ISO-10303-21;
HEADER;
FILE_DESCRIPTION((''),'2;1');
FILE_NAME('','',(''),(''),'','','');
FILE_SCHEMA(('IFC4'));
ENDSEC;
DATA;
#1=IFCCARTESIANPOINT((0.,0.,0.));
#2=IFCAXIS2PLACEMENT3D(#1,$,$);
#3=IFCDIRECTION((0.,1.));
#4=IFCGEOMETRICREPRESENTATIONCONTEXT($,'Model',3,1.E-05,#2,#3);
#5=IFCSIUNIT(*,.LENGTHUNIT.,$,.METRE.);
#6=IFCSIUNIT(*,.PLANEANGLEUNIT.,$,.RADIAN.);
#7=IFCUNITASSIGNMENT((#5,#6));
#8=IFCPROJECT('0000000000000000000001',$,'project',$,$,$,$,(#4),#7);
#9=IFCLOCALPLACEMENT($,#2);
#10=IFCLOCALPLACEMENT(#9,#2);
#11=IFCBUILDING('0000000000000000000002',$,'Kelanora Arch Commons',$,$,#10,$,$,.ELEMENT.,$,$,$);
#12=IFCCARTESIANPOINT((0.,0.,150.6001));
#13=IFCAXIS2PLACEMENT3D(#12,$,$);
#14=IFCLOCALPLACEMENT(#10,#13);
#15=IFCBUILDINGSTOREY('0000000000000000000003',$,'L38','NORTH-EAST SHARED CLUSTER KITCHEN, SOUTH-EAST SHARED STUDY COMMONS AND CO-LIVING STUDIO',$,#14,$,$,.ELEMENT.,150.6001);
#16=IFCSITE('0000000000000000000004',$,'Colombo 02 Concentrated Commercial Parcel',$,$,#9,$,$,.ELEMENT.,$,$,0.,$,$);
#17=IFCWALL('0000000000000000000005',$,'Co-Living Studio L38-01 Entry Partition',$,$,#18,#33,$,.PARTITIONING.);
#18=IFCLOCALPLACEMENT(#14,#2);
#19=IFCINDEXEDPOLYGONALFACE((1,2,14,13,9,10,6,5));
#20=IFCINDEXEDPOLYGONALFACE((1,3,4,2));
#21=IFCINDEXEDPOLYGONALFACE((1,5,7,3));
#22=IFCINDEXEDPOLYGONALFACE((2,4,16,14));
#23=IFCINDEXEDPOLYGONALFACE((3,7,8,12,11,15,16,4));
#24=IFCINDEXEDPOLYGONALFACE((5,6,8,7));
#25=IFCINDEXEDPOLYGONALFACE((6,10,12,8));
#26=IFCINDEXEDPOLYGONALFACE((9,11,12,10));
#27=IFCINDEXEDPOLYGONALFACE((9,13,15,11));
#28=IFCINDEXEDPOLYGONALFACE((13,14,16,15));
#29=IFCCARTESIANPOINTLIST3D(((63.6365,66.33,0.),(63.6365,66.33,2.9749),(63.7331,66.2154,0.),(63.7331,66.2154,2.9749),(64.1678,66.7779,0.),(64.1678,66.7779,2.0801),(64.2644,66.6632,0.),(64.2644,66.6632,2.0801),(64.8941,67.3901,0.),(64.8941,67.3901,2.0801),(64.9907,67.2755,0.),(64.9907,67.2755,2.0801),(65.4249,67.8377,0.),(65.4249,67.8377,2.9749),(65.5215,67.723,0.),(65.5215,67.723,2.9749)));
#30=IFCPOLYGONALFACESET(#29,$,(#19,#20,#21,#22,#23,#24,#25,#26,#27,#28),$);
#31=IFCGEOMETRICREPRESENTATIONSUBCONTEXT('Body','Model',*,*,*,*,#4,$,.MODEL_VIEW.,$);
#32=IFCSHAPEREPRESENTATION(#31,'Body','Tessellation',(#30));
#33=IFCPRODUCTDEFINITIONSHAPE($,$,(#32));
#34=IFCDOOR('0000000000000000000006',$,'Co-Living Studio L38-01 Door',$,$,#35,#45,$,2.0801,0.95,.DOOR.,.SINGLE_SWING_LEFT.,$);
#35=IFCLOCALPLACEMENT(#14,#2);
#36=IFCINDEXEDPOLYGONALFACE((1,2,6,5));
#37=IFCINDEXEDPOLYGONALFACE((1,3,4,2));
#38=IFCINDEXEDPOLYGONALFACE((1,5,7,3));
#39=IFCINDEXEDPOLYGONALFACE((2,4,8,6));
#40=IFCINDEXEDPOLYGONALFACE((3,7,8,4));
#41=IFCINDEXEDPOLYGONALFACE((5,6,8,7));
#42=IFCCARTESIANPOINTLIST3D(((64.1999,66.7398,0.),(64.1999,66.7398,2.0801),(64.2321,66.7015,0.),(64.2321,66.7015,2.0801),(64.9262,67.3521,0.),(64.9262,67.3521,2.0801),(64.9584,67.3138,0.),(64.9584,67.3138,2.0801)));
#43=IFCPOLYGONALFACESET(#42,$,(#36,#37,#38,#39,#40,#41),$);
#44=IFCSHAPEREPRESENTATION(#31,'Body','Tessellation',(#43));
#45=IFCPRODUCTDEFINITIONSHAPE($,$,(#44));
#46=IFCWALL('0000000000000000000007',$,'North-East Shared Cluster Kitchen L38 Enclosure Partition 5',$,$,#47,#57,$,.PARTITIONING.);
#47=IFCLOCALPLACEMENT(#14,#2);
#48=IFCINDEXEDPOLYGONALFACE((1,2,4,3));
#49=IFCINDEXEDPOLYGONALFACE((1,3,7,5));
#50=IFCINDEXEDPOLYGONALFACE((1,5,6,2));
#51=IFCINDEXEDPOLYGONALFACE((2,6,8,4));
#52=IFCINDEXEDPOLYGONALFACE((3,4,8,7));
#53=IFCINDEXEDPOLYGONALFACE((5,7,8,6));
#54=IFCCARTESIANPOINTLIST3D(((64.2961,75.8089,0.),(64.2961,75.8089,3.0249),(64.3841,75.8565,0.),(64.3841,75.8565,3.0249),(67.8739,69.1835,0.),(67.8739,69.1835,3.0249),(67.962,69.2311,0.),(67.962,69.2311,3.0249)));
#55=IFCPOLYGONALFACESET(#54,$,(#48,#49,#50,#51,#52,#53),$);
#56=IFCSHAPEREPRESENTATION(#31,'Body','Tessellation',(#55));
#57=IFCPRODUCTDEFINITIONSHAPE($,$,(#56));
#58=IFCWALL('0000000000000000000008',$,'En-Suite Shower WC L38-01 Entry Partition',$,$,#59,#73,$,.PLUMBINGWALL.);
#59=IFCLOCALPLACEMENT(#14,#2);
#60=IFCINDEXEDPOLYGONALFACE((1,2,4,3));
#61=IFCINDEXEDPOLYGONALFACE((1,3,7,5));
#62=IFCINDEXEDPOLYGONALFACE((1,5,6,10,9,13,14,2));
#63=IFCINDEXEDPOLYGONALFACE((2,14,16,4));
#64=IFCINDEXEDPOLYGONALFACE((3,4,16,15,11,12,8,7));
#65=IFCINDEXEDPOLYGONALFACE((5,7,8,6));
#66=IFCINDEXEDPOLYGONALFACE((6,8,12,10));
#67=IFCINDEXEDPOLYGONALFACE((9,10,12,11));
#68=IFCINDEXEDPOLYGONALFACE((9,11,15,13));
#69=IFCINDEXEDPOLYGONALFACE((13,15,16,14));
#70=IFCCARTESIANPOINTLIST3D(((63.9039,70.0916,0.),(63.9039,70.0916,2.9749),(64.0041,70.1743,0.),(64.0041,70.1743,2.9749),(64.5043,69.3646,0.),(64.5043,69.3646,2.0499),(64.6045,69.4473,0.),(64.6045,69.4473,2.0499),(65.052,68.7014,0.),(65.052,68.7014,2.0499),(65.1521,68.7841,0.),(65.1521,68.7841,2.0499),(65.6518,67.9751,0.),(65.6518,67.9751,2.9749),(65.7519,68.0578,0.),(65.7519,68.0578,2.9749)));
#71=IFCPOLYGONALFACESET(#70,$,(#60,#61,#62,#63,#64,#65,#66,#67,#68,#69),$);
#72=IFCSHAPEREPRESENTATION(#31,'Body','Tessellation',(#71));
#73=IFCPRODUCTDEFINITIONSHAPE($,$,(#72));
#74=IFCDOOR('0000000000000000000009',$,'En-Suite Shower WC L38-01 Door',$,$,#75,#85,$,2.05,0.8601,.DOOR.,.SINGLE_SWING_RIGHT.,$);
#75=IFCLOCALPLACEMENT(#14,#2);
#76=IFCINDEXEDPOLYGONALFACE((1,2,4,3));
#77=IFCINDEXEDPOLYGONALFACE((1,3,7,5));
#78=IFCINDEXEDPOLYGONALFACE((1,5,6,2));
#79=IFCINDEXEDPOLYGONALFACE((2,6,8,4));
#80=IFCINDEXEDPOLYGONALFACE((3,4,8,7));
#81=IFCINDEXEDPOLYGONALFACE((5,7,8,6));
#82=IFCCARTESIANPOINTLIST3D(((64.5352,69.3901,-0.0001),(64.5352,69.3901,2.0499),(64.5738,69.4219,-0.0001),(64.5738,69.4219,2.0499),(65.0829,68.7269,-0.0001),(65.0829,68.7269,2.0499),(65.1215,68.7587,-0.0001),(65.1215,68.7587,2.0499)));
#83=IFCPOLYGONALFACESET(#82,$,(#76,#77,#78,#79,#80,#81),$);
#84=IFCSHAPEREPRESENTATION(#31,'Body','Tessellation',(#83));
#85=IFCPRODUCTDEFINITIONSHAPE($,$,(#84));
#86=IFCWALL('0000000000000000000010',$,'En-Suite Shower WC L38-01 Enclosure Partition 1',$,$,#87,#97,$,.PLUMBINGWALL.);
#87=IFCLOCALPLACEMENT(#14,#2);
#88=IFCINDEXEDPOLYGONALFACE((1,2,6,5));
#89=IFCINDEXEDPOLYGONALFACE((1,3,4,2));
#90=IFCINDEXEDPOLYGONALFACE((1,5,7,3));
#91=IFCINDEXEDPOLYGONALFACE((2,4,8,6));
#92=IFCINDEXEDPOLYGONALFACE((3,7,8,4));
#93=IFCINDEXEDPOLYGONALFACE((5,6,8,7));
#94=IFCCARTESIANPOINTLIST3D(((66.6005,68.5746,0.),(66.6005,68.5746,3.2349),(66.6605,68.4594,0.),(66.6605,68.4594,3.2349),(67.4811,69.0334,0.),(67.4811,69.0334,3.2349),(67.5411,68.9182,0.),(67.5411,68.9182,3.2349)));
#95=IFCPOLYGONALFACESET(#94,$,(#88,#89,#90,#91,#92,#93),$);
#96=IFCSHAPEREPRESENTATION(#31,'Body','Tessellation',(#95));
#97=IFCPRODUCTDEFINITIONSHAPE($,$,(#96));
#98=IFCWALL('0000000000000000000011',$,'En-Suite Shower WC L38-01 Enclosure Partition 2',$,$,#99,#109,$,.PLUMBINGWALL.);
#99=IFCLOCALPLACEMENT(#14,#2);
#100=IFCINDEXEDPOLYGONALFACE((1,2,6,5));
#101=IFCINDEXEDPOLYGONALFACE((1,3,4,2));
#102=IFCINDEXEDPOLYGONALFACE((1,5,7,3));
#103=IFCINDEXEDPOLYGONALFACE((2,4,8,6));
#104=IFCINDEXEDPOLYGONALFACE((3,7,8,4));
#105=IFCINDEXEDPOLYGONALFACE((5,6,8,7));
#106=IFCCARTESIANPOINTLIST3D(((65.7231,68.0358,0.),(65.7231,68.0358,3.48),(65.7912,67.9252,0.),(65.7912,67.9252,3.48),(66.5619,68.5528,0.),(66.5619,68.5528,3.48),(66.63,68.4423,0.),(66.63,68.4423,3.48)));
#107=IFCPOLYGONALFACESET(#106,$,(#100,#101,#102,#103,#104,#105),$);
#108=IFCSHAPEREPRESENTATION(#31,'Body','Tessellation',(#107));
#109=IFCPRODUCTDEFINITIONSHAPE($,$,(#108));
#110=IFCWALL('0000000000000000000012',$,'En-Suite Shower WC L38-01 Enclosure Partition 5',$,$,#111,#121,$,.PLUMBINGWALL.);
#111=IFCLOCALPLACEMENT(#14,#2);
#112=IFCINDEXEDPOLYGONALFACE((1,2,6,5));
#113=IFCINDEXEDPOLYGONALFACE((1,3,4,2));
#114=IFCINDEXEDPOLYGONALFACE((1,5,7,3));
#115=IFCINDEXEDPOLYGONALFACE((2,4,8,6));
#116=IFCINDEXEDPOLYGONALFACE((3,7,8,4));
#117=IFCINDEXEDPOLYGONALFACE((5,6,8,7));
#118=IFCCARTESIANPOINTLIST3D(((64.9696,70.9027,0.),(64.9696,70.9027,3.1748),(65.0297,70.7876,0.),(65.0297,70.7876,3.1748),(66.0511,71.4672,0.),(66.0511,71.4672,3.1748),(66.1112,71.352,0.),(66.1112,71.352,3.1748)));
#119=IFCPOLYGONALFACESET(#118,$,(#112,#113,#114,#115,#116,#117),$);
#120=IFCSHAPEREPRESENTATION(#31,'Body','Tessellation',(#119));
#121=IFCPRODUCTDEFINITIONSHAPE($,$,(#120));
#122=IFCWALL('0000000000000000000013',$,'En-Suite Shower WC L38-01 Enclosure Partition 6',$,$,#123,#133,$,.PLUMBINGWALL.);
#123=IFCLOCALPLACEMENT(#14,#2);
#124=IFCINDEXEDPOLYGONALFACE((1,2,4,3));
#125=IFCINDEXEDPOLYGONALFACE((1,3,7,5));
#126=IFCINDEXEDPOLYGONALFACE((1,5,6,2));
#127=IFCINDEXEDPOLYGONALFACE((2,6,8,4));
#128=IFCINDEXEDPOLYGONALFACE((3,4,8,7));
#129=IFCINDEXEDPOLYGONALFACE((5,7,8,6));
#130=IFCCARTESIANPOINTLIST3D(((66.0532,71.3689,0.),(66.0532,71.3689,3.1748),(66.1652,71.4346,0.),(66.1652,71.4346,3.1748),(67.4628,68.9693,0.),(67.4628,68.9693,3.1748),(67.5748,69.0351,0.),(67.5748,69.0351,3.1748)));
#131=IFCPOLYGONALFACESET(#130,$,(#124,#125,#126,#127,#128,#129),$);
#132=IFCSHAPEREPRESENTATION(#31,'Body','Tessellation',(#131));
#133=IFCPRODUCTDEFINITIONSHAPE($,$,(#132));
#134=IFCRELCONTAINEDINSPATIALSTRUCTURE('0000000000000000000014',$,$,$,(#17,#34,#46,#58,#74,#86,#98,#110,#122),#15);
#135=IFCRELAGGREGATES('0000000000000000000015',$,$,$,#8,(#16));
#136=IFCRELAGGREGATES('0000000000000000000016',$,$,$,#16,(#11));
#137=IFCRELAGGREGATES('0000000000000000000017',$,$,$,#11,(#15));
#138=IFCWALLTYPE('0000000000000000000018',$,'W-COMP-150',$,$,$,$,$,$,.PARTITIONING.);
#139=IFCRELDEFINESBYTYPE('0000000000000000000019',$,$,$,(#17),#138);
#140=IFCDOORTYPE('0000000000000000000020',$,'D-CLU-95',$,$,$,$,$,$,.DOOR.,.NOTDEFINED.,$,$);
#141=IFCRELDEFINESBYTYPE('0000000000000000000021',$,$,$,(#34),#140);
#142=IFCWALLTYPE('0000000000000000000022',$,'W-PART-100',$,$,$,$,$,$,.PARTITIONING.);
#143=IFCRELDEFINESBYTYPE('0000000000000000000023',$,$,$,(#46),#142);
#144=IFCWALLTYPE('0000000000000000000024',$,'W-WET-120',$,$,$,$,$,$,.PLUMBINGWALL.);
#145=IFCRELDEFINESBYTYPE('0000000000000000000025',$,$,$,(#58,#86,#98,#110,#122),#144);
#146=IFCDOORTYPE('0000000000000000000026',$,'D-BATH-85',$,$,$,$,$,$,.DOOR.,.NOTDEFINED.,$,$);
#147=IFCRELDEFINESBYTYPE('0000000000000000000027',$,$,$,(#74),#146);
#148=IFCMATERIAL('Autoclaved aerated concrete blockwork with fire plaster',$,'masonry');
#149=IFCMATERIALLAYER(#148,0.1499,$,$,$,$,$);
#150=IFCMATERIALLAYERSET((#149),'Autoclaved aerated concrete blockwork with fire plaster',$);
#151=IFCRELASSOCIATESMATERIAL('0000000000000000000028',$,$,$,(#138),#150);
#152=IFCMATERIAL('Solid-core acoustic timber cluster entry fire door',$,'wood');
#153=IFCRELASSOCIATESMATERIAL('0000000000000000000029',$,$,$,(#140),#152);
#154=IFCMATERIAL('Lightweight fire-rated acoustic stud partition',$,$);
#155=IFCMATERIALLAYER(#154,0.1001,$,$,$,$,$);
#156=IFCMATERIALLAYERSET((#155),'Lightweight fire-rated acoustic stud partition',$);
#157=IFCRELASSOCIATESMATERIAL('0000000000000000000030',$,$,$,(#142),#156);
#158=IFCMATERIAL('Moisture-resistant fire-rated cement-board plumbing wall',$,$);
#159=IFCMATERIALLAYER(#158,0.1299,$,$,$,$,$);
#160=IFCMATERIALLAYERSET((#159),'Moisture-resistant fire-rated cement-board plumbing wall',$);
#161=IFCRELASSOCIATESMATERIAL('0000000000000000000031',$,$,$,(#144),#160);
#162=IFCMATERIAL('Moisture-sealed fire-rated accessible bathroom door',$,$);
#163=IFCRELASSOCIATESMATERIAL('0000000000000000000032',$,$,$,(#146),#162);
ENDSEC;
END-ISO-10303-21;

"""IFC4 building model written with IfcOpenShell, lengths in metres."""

from ifc_helpers import new_model, si_unit, direction, frame, frame_2d, origin, place, context, subcontext, project, spatial, rectangle, extrude, material, layer, layer_set, type_object, element, fill, save


model = new_model("IFC4")

# Units and contexts
model_context = context("Model", 3, precision=1e-05, world=origin(), true_north=direction((0.0, 1.0)))
body_context = subcontext(model_context, "Body", "Model", "MODEL_VIEW")
ifc_project = project(units=[si_unit("LENGTHUNIT", "METRE"), si_unit("PLANEANGLEUNIT", "RADIAN")], contexts=[model_context])

# Site, building, storey
site_placement = place(None, origin())
site = spatial("IfcSite", under=ifc_project, at=site_placement, Name="Colombo 02 Concentrated Commercial Parcel", CompositionType="ELEMENT", RefElevation=0.0)
building_placement = place(site_placement, origin())
building = spatial("IfcBuilding", under=site, at=building_placement, Name="Kelanora Arch Commons", CompositionType="ELEMENT")
storey_placement = place(building_placement, frame((0.0, 0.0, 150.6001)))
storey = spatial("IfcBuildingStorey", under=building, at=storey_placement, Name="L38", Description="NORTH-EAST SHARED CLUSTER KITCHEN, SOUTH-EAST SHARED STUDY COMMONS AND CO-LIVING STUDIO", CompositionType="ELEMENT", Elevation=150.6001)

# Wall, opening, door
ifc_material_1 = material(Name="Autoclaved aerated concrete blockwork with fire plaster", Category="masonry")
ifc_layer_1 = layer(ifc_material_1, 0.1499)
ifc_layer_set_1 = layer_set([ifc_layer_1], Name="Autoclaved aerated concrete blockwork with fire plaster")
wall_type_1 = type_object("IfcWallType", Name="W-COMP-150", PredefinedType="PARTITIONING", material=ifc_layer_set_1)
wall_1_placement = place(storey_placement, frame((65.4731, 67.7803, 0.0), z_axis=(0.0, 0.0, 1.0), x_axis=(-0.764573, -0.644537, 0.0)))
wall_1 = element("IfcWall", 1, at=wall_1_placement, inside=storey, type_object=wall_type_1, Name="Co-Living Studio L38-01 Entry Partition", PredefinedType="PARTITIONING", context=body_context, shape_type="SweptSolid", body=[
    extrude(rectangle(XDim=2.3391, YDim=0.1499, at=frame_2d((1.1694, 0.0))), origin(), (0.0, 0.0, 1.0), 2.9749),
])
opening_1_placement = place(wall_1_placement, frame((0.6941, 0.0, 0.0)))
opening_1 = element("IfcOpeningElement", 2, at=opening_1_placement, cuts=wall_1, PredefinedType="OPENING", context=body_context, shape_type="SweptSolid", body=[
    extrude(rectangle(XDim=0.95, YDim=2.0801, at=frame_2d((0.4751, 1.04))), frame((0.0, 0.085, 0.0), z_axis=(0.0, -1.0, 0.0), x_axis=(1.0, 0.0, 0.0)), (0.0, 0.0, 1.0), 0.1699),
])
ifc_material_2 = material(Name="Solid-core acoustic timber cluster entry fire door", Category="wood")
door_type_1 = type_object("IfcDoorType", Name="D-CLU-95", OperationType="NOTDEFINED", PredefinedType="DOOR", material=ifc_material_2)
door_1_placement = place(opening_1_placement, origin())
door_1 = element("IfcDoor", 3, at=door_1_placement, inside=storey, type_object=door_type_1, Name="Co-Living Studio L38-01 Door", OperationType="SINGLE_SWING_LEFT", OverallHeight=2.0801, OverallWidth=0.95, PredefinedType="DOOR", context=body_context, shape_type="SweptSolid", body=[
    extrude(rectangle(XDim=0.95, YDim=2.0801, at=frame_2d((0.4751, 1.04))), frame((0.0, 0.0249, 0.0), z_axis=(0.0, -1.0, 0.0), x_axis=(1.0, 0.0, 0.0)), (0.0, 0.0, 1.0), 0.05),
])
fill(opening_1, door_1)

# Wall
ifc_material_3 = material(Name="Lightweight fire-rated acoustic stud partition")
ifc_layer_2 = layer(ifc_material_3, 0.1001)
ifc_layer_set_2 = layer_set([ifc_layer_2], Name="Lightweight fire-rated acoustic stud partition")
wall_type_2 = type_object("IfcWallType", Name="W-PART-100", PredefinedType="PARTITIONING", material=ifc_layer_set_2)
wall_2_placement = place(storey_placement, frame((67.918, 69.2073, 0.0), z_axis=(0.0, 0.0, 1.0), x_axis=(-0.475161, 0.879899, 0.0)))
element("IfcWall", 4, at=wall_2_placement, inside=storey, type_object=wall_type_2, Name="North-East Shared Cluster Kitchen L38 Enclosure Partition 5", PredefinedType="PARTITIONING", context=body_context, shape_type="SweptSolid", body=[
    extrude(rectangle(XDim=7.5298, YDim=0.1001, at=frame_2d((3.7649, 0.0))), origin(), (0.0, 0.0, 1.0), 3.0249),
])

# Wall, opening, door
ifc_material_4 = material(Name="Moisture-resistant fire-rated cement-board plumbing wall")
ifc_layer_3 = layer(ifc_material_4, 0.1299)
ifc_layer_set_3 = layer_set([ifc_layer_3], Name="Moisture-resistant fire-rated cement-board plumbing wall")
wall_type_3 = type_object("IfcWallType", Name="W-WET-120", PredefinedType="PLUMBINGWALL", material=ifc_layer_set_3)
wall_3_placement = place(storey_placement, frame((65.7019, 68.0164, 0.0), z_axis=(0.0, 0.0, 1.0), x_axis=(-0.636757, 0.771064, 0.0)))
wall_3 = element("IfcWall", 5, at=wall_3_placement, inside=storey, type_object=wall_type_3, Name="En-Suite Shower WC L38-01 Entry Partition", PredefinedType="PLUMBINGWALL", context=body_context, shape_type="SweptSolid", body=[
    extrude(rectangle(XDim=2.7449, YDim=0.1299, at=frame_2d((1.3726, 0.0))), origin(), (0.0, 0.0, 1.0), 2.9749),
])
opening_2_placement = place(wall_3_placement, frame((0.9419, 0.0, 0.0)))
opening_2 = element("IfcOpeningElement", 6, at=opening_2_placement, cuts=wall_3, PredefinedType="OPENING", context=body_context, shape_type="SweptSolid", body=[
    extrude(rectangle(XDim=0.8601, YDim=2.05, at=frame_2d((0.4302, 1.0249))), frame((0.0, 0.075, 0.0), z_axis=(0.0, -1.0, 0.0), x_axis=(1.0, 0.0, 0.0)), (0.0, 0.0, 1.0), 0.1499),
])
ifc_material_5 = material(Name="Moisture-sealed fire-rated accessible bathroom door")
door_type_2 = type_object("IfcDoorType", Name="D-BATH-85", OperationType="NOTDEFINED", PredefinedType="DOOR", material=ifc_material_5)
door_2_placement = place(opening_2_placement, origin())
door_2 = element("IfcDoor", 7, at=door_2_placement, inside=storey, type_object=door_type_2, Name="En-Suite Shower WC L38-01 Door", OperationType="SINGLE_SWING_RIGHT", OverallHeight=2.05, OverallWidth=0.8601, PredefinedType="DOOR", context=body_context, shape_type="SweptSolid", body=[
    extrude(rectangle(XDim=0.8601, YDim=2.05, at=frame_2d((0.4302, 1.0249))), frame((0.0, 0.0249, 0.0), z_axis=(0.0, -1.0, 0.0), x_axis=(1.0, 0.0, 0.0)), (0.0, 0.0, 1.0), 0.05),
])
fill(opening_2, door_2)

# Walls
wall_4_placement = place(storey_placement, frame((67.5112, 68.9758, 0.0), z_axis=(0.0, 0.0, 1.0), x_axis=(-0.886878, -0.462003, 0.0)))
element("IfcWall", 8, at=wall_4_placement, inside=storey, type_object=wall_type_3, Name="En-Suite Shower WC L38-01 Enclosure Partition 1", PredefinedType="PLUMBINGWALL", context=body_context, shape_type="SweptSolid", body=[
    extrude(rectangle(XDim=0.9929, YDim=0.1299, at=frame_2d((0.4966, 0.0))), origin(), (0.0, 0.0, 1.0), 3.2349),
])
wall_5_placement = place(storey_placement, frame((66.5959, 68.4976, 0.0), z_axis=(0.0, 0.0, 1.0), x_axis=(-0.851267, -0.524733, 0.0)))
element("IfcWall", 9, at=wall_5_placement, inside=storey, type_object=wall_type_3, Name="En-Suite Shower WC L38-01 Enclosure Partition 2", PredefinedType="PLUMBINGWALL", context=body_context, shape_type="SweptSolid", body=[
    extrude(rectangle(XDim=0.9854, YDim=0.1299, at=frame_2d((0.4927, 0.0))), origin(), (0.0, 0.0, 1.0), 3.48),
])
wall_6_placement = place(storey_placement, frame((64.9998, 70.8452, 0.0), z_axis=(0.0, 0.0, 1.0), x_axis=(0.886528, 0.462675, 0.0)))
element("IfcWall", 10, at=wall_6_placement, inside=storey, type_object=wall_type_3, Name="En-Suite Shower WC L38-01 Enclosure Partition 5", PredefinedType="PLUMBINGWALL", context=body_context, shape_type="SweptSolid", body=[
    extrude(rectangle(XDim=1.22, YDim=0.1299, at=frame_2d((0.6099, 0.0))), origin(), (0.0, 0.0, 1.0), 3.1748),
])
wall_7_placement = place(storey_placement, frame((66.1091, 71.4019, 0.0), z_axis=(0.0, 0.0, 1.0), x_axis=(0.506514, -0.862232, 0.0)))
element("IfcWall", 11, at=wall_7_placement, inside=storey, type_object=wall_type_3, Name="En-Suite Shower WC L38-01 Enclosure Partition 6", PredefinedType="PLUMBINGWALL", context=body_context, shape_type="SweptSolid", body=[
    extrude(rectangle(XDim=2.783, YDim=0.1299, at=frame_2d((1.3916, 0.0))), origin(), (0.0, 0.0, 1.0), 3.1748),
])

save(model, "model.ifc")
